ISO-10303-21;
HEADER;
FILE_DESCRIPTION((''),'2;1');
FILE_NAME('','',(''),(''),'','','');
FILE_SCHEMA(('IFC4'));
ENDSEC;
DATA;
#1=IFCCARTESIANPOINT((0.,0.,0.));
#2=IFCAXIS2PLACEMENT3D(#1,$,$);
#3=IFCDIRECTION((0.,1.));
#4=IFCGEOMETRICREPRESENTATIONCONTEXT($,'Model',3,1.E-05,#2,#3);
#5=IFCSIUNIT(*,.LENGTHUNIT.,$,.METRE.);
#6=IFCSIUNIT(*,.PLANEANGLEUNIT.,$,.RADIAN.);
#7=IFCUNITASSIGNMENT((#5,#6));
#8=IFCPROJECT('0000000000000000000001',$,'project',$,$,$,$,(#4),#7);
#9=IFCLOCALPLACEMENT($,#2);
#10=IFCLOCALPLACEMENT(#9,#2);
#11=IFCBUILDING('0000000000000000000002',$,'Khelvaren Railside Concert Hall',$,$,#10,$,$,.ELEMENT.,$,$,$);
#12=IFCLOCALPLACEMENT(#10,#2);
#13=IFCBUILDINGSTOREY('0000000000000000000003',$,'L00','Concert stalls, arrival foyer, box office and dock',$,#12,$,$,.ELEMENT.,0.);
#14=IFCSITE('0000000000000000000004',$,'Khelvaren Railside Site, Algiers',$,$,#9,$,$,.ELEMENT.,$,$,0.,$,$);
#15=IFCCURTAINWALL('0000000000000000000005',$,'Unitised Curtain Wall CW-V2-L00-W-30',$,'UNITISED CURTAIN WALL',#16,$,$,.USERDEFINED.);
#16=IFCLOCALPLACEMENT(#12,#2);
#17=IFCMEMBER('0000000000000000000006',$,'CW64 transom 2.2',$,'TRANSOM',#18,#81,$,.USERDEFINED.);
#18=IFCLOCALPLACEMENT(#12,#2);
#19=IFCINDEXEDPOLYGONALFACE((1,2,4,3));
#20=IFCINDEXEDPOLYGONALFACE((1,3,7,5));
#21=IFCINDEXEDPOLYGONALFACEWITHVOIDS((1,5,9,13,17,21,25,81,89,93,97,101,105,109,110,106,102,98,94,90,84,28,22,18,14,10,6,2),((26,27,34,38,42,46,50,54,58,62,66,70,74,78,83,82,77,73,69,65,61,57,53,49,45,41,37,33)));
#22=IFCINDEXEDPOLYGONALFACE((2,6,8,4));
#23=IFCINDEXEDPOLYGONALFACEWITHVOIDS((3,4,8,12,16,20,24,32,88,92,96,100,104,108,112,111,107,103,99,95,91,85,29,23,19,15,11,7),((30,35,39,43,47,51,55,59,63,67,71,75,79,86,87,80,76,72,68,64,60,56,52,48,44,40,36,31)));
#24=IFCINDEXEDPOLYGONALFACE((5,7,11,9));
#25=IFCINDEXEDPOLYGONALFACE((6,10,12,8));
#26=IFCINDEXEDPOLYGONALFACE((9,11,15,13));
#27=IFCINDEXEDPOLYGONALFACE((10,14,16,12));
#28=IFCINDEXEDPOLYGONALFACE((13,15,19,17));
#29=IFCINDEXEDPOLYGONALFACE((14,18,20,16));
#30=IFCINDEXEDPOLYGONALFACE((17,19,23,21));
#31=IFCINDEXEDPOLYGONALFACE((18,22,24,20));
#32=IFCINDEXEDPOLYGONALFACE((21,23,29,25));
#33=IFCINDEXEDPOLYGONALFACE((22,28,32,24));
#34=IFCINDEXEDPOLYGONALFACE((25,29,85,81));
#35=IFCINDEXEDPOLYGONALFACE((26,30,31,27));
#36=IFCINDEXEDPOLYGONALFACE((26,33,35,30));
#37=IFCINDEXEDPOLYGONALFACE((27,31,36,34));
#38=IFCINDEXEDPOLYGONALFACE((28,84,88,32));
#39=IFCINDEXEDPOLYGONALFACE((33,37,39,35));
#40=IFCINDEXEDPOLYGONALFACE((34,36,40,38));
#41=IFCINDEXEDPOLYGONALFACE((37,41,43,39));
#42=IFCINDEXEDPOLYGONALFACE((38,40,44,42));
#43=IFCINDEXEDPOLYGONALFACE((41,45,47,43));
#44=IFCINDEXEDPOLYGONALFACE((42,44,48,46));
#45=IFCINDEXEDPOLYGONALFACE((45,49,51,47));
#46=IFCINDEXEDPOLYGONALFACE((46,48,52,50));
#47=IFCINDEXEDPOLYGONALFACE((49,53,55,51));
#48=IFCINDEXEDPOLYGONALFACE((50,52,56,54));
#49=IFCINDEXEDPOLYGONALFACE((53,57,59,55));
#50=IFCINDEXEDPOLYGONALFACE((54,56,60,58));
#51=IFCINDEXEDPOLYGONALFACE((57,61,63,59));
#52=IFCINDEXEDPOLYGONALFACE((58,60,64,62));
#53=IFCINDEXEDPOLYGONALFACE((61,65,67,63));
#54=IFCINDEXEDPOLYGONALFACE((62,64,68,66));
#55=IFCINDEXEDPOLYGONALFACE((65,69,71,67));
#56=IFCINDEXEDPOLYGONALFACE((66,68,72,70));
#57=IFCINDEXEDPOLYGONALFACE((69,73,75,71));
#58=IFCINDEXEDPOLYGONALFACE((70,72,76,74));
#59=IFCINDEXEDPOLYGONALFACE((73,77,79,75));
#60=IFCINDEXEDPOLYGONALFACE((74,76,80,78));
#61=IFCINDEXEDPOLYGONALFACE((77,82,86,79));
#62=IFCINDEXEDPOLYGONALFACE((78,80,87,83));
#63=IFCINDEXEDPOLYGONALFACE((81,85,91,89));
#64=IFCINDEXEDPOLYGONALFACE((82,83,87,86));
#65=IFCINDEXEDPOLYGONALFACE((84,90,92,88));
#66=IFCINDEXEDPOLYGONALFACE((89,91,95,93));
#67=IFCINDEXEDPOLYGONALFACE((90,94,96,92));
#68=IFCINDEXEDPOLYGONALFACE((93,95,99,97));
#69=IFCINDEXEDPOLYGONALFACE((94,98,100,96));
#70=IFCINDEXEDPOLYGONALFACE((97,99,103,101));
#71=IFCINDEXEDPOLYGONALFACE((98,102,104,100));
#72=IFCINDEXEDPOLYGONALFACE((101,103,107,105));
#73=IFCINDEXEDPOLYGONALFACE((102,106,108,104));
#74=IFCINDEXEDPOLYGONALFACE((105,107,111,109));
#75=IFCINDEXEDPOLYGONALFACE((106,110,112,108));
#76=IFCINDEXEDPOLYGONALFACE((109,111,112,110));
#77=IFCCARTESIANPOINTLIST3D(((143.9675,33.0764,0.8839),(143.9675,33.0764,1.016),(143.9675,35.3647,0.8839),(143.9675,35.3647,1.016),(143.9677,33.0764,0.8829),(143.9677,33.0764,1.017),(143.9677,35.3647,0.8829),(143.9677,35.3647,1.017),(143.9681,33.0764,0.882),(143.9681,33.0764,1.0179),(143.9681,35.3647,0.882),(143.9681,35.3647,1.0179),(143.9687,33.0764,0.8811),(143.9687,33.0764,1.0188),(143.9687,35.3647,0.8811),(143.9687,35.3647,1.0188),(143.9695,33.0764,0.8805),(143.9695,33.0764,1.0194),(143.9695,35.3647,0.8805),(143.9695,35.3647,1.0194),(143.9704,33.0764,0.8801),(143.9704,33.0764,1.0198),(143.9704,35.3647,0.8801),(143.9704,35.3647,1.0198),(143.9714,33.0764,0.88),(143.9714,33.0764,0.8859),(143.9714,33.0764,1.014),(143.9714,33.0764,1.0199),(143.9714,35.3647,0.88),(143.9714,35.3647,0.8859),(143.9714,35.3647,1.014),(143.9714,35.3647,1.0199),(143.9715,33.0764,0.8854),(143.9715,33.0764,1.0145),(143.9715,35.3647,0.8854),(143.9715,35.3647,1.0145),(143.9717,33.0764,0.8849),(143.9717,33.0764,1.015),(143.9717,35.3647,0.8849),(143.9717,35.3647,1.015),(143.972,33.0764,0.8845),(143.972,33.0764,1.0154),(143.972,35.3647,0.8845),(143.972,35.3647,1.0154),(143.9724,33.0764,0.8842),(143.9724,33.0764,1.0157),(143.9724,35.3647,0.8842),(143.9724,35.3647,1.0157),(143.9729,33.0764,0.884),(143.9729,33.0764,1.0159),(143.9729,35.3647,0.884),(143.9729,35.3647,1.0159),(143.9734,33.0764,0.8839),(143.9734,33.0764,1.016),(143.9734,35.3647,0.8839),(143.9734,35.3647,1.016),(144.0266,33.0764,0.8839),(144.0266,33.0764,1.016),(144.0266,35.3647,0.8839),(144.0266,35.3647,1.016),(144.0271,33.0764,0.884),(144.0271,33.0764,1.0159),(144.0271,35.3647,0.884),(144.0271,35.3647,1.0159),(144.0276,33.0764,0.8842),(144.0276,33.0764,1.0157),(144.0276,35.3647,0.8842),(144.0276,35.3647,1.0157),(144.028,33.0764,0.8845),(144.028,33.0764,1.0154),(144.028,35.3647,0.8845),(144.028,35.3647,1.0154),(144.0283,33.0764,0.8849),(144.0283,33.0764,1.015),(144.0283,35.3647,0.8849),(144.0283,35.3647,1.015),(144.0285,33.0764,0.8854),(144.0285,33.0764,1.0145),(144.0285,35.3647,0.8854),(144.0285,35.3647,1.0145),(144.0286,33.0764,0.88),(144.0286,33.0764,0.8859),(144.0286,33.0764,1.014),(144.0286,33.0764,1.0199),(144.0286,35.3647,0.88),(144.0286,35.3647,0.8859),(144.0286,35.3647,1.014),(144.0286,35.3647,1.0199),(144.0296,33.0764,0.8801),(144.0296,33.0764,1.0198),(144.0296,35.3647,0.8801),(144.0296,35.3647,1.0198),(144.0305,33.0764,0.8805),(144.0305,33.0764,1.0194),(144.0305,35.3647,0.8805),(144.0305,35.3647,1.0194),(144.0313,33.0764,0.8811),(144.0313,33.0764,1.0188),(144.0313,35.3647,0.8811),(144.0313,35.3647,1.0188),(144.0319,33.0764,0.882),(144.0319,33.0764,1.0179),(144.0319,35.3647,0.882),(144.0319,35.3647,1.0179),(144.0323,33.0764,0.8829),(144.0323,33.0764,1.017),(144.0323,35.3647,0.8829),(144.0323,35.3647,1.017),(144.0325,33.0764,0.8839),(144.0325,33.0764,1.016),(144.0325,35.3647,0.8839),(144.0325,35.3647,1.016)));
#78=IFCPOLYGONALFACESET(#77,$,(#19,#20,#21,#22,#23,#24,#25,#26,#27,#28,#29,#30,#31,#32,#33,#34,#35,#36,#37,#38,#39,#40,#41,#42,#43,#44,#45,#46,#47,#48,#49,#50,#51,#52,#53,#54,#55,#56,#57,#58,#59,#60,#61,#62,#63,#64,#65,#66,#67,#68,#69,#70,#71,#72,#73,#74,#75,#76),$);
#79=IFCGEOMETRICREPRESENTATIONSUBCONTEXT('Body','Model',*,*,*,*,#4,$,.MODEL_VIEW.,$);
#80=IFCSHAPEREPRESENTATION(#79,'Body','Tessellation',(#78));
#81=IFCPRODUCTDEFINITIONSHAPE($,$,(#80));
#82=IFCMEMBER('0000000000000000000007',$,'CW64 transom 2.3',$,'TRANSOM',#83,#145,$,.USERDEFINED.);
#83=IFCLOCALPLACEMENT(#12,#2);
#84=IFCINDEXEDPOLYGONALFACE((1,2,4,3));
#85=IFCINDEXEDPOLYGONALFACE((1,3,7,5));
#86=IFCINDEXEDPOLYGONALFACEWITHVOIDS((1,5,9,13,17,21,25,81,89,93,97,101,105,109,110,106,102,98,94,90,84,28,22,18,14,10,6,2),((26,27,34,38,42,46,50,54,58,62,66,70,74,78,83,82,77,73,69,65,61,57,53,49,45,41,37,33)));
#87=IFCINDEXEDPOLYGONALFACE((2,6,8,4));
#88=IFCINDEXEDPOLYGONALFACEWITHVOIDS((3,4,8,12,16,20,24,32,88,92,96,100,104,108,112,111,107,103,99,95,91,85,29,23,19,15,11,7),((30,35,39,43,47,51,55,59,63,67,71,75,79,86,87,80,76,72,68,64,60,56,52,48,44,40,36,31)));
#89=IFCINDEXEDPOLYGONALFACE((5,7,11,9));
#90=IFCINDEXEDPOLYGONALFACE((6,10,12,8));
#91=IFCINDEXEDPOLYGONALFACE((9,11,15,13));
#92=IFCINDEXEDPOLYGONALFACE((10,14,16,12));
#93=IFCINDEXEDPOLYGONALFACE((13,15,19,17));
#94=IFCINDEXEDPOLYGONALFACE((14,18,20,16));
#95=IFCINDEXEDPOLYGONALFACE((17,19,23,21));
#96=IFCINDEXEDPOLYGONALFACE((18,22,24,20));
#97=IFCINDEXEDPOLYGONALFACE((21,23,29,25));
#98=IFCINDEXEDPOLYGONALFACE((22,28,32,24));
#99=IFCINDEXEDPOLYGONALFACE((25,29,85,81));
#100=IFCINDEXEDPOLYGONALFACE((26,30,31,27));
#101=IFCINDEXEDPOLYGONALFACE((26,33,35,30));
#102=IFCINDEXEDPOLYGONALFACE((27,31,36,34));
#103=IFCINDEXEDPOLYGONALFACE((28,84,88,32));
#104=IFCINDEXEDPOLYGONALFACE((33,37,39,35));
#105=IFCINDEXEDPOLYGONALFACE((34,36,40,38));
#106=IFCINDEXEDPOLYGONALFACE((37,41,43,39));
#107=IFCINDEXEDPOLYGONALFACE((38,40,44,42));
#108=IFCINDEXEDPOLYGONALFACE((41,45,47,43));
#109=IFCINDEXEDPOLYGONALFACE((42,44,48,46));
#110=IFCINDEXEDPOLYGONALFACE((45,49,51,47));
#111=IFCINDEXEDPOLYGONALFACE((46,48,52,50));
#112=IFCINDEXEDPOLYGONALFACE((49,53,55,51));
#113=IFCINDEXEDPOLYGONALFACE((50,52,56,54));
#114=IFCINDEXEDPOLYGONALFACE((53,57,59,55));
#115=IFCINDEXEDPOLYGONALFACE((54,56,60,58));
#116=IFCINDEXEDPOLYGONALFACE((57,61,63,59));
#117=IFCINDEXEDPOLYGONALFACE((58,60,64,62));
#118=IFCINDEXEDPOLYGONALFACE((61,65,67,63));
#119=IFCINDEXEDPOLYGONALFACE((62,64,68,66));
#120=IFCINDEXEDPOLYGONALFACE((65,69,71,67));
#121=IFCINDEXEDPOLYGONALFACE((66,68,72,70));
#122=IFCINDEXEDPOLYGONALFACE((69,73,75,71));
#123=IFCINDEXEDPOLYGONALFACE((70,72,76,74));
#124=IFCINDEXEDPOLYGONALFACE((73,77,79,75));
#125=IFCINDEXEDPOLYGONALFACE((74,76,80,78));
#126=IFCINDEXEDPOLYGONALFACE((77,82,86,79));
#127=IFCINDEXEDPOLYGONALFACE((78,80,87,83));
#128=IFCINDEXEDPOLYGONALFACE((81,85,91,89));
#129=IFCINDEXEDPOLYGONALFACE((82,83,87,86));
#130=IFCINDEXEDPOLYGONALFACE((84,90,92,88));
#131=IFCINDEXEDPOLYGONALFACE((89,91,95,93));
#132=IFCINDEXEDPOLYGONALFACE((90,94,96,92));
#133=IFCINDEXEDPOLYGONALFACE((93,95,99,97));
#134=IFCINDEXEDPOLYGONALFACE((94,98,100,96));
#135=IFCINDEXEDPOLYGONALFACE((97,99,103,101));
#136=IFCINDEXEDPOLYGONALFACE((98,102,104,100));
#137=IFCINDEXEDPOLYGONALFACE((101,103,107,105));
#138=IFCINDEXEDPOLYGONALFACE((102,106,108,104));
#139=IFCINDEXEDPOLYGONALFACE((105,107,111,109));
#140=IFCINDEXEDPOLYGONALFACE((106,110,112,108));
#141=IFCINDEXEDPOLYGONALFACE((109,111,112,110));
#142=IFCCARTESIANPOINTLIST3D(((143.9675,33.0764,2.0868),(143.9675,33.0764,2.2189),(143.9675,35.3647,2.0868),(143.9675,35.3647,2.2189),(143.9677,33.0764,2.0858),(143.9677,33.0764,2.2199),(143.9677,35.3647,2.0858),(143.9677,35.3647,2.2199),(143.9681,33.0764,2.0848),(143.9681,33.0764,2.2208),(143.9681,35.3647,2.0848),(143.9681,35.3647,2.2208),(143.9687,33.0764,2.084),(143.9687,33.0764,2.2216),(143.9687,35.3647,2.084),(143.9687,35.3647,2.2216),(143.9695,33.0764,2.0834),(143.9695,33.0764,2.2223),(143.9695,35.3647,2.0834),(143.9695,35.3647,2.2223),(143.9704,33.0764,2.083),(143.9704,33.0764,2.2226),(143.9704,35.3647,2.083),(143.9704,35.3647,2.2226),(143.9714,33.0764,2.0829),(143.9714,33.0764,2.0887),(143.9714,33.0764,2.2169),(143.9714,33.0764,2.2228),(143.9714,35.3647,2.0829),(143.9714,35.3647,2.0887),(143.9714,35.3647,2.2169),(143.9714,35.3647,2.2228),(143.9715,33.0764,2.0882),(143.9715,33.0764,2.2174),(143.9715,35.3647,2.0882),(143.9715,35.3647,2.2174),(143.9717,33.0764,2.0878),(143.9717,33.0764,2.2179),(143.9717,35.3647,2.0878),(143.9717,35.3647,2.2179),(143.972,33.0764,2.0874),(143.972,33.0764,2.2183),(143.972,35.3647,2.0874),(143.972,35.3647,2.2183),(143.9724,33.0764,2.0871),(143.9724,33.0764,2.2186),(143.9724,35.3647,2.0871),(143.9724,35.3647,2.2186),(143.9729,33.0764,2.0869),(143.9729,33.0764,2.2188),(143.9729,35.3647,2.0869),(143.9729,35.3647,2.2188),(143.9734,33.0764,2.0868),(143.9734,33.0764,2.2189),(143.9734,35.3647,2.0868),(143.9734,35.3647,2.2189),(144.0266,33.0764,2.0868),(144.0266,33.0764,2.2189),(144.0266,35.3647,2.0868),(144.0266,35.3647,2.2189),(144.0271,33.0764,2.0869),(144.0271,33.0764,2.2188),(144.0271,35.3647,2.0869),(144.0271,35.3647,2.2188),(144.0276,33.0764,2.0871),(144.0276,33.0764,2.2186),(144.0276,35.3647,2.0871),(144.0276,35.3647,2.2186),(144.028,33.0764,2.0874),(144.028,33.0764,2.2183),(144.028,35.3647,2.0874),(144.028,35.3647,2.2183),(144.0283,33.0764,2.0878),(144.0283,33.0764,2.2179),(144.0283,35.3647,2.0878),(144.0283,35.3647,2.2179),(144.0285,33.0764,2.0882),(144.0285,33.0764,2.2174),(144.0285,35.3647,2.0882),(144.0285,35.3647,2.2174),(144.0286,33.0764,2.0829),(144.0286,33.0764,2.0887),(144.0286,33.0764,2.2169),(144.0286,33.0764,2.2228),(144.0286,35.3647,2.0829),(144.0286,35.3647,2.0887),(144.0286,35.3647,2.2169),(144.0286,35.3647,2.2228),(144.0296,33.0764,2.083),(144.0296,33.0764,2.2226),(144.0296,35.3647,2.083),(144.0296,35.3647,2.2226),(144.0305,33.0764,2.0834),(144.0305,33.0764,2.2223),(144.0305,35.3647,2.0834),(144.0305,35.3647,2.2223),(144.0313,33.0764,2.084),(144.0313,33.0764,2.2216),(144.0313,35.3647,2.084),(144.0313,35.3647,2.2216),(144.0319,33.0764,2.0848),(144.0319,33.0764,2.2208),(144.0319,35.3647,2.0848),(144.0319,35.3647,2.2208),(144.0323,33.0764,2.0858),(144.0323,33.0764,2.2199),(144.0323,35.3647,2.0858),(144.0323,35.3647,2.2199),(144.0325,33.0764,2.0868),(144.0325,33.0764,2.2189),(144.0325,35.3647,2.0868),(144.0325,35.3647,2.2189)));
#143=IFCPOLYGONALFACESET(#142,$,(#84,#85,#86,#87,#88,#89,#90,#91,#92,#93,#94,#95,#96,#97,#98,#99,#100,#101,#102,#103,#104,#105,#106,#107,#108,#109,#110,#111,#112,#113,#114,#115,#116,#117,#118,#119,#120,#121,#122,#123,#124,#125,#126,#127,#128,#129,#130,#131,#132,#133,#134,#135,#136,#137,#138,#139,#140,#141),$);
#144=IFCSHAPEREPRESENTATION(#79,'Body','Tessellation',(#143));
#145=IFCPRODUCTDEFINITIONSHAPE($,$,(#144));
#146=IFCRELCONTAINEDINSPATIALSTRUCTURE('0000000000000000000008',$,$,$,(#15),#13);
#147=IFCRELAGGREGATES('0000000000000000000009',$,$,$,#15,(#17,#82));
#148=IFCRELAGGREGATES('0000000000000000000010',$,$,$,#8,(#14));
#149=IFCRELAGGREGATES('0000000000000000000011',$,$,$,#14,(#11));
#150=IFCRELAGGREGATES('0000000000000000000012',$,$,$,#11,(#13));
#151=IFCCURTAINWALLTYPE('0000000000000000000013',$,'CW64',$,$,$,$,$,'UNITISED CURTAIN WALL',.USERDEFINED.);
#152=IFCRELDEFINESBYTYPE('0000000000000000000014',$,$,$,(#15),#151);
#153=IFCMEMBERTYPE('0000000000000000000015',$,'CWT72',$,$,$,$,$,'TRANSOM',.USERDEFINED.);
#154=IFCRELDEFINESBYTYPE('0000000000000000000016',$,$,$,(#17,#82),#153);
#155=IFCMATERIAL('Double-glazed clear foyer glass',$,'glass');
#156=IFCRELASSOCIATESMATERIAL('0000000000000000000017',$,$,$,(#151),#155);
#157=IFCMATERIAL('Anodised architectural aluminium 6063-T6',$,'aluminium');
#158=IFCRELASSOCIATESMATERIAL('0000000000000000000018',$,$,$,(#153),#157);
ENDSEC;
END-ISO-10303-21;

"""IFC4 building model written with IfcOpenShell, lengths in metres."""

from ifc_helpers import new_model, si_unit, direction, frame, origin, origin_2d, place, context, subcontext, project, spatial, hollow_rectangle, extrude, material, material_profile, profile_set, type_object, element, aggregate, save


model = new_model("IFC4")

# Units and contexts
model_context = context("Model", 3, precision=1e-05, world=origin(), true_north=direction((0.0, 1.0)))
body_context = subcontext(model_context, "Body", "Model", "MODEL_VIEW")
ifc_project = project(units=[si_unit("LENGTHUNIT", "METRE"), si_unit("PLANEANGLEUNIT", "RADIAN")], contexts=[model_context])

# Site, building, storey
site_placement = place(None, origin())
site = spatial("IfcSite", under=ifc_project, at=site_placement, Name="Khelvaren Railside Site, Algiers", CompositionType="ELEMENT", RefElevation=0.0)
building_placement = place(site_placement, origin())
building = spatial("IfcBuilding", under=site, at=building_placement, Name="Khelvaren Railside Concert Hall", CompositionType="ELEMENT")
storey_placement = place(building_placement, origin())
storey = spatial("IfcBuildingStorey", under=building, at=storey_placement, Name="L00", Description="Concert stalls, arrival foyer, box office and dock", CompositionType="ELEMENT", Elevation=0.0)

# Curtain wall
ifc_material_1 = material(Name="Double-glazed clear foyer glass", Category="glass")
curtain_wall_type_1 = type_object("IfcCurtainWallType", Name="CW64", ElementType="UNITISED CURTAIN WALL", PredefinedType="USERDEFINED", material=ifc_material_1)
curtain_wall_1_placement = place(storey_placement, origin())
curtain_wall_1 = element("IfcCurtainWall", 1, at=curtain_wall_1_placement, inside=storey, type_object=curtain_wall_type_1, Name="Unitised Curtain Wall CW-V2-L00-W-30", ObjectType="UNITISED CURTAIN WALL", PredefinedType="USERDEFINED")
ifc_material_2 = material(Name="Anodised architectural aluminium 6063-T6", Category="aluminium")
ifc_material_profile_1 = material_profile(ifc_material_2, hollow_rectangle(XDim=0.0649, YDim=0.1399, WallThickness=0.0039, InnerFilletRadius=0.002, OuterFilletRadius=0.0039, at=origin_2d()), Name="CWT 65x140x4")
ifc_profile_set_1 = profile_set([ifc_material_profile_1], Name="Anodised architectural aluminium 6063-T6")
member_type_1 = type_object("IfcMemberType", Name="CWT72", ElementType="TRANSOM", PredefinedType="USERDEFINED", material=ifc_profile_set_1)

# Members
member_1_placement = place(storey_placement, frame((144.0, 33.0764, 0.95), z_axis=(0.0, 1.0, 0.0), x_axis=(-1.0, 0.0, 0.0)))
member_1 = element("IfcMember", 2, at=member_1_placement, type_object=member_type_1, Name="CW64 transom 2.2", ObjectType="TRANSOM", PredefinedType="USERDEFINED", context=body_context, shape_type="SweptSolid", body=[
    extrude(hollow_rectangle(XDim=0.0649, YDim=0.1399, WallThickness=0.0039, InnerFilletRadius=0.002, OuterFilletRadius=0.0039, at=origin_2d()), origin(), (0.0, 0.0, 1.0), 2.2883),
])
member_2_placement = place(storey_placement, frame((144.0, 33.0764, 2.1528), z_axis=(0.0, 1.0, 0.0), x_axis=(-1.0, 0.0, 0.0)))
member_2 = element("IfcMember", 3, at=member_2_placement, type_object=member_type_1, Name="CW64 transom 2.3", ObjectType="TRANSOM", PredefinedType="USERDEFINED", context=body_context, shape_type="SweptSolid", body=[
    extrude(hollow_rectangle(XDim=0.0649, YDim=0.1399, WallThickness=0.0039, InnerFilletRadius=0.002, OuterFilletRadius=0.0039, at=origin_2d()), origin(), (0.0, 0.0, 1.0), 2.2883),
])

aggregate(curtain_wall_1, [member_1, member_2])

save(model, "model.ifc")
